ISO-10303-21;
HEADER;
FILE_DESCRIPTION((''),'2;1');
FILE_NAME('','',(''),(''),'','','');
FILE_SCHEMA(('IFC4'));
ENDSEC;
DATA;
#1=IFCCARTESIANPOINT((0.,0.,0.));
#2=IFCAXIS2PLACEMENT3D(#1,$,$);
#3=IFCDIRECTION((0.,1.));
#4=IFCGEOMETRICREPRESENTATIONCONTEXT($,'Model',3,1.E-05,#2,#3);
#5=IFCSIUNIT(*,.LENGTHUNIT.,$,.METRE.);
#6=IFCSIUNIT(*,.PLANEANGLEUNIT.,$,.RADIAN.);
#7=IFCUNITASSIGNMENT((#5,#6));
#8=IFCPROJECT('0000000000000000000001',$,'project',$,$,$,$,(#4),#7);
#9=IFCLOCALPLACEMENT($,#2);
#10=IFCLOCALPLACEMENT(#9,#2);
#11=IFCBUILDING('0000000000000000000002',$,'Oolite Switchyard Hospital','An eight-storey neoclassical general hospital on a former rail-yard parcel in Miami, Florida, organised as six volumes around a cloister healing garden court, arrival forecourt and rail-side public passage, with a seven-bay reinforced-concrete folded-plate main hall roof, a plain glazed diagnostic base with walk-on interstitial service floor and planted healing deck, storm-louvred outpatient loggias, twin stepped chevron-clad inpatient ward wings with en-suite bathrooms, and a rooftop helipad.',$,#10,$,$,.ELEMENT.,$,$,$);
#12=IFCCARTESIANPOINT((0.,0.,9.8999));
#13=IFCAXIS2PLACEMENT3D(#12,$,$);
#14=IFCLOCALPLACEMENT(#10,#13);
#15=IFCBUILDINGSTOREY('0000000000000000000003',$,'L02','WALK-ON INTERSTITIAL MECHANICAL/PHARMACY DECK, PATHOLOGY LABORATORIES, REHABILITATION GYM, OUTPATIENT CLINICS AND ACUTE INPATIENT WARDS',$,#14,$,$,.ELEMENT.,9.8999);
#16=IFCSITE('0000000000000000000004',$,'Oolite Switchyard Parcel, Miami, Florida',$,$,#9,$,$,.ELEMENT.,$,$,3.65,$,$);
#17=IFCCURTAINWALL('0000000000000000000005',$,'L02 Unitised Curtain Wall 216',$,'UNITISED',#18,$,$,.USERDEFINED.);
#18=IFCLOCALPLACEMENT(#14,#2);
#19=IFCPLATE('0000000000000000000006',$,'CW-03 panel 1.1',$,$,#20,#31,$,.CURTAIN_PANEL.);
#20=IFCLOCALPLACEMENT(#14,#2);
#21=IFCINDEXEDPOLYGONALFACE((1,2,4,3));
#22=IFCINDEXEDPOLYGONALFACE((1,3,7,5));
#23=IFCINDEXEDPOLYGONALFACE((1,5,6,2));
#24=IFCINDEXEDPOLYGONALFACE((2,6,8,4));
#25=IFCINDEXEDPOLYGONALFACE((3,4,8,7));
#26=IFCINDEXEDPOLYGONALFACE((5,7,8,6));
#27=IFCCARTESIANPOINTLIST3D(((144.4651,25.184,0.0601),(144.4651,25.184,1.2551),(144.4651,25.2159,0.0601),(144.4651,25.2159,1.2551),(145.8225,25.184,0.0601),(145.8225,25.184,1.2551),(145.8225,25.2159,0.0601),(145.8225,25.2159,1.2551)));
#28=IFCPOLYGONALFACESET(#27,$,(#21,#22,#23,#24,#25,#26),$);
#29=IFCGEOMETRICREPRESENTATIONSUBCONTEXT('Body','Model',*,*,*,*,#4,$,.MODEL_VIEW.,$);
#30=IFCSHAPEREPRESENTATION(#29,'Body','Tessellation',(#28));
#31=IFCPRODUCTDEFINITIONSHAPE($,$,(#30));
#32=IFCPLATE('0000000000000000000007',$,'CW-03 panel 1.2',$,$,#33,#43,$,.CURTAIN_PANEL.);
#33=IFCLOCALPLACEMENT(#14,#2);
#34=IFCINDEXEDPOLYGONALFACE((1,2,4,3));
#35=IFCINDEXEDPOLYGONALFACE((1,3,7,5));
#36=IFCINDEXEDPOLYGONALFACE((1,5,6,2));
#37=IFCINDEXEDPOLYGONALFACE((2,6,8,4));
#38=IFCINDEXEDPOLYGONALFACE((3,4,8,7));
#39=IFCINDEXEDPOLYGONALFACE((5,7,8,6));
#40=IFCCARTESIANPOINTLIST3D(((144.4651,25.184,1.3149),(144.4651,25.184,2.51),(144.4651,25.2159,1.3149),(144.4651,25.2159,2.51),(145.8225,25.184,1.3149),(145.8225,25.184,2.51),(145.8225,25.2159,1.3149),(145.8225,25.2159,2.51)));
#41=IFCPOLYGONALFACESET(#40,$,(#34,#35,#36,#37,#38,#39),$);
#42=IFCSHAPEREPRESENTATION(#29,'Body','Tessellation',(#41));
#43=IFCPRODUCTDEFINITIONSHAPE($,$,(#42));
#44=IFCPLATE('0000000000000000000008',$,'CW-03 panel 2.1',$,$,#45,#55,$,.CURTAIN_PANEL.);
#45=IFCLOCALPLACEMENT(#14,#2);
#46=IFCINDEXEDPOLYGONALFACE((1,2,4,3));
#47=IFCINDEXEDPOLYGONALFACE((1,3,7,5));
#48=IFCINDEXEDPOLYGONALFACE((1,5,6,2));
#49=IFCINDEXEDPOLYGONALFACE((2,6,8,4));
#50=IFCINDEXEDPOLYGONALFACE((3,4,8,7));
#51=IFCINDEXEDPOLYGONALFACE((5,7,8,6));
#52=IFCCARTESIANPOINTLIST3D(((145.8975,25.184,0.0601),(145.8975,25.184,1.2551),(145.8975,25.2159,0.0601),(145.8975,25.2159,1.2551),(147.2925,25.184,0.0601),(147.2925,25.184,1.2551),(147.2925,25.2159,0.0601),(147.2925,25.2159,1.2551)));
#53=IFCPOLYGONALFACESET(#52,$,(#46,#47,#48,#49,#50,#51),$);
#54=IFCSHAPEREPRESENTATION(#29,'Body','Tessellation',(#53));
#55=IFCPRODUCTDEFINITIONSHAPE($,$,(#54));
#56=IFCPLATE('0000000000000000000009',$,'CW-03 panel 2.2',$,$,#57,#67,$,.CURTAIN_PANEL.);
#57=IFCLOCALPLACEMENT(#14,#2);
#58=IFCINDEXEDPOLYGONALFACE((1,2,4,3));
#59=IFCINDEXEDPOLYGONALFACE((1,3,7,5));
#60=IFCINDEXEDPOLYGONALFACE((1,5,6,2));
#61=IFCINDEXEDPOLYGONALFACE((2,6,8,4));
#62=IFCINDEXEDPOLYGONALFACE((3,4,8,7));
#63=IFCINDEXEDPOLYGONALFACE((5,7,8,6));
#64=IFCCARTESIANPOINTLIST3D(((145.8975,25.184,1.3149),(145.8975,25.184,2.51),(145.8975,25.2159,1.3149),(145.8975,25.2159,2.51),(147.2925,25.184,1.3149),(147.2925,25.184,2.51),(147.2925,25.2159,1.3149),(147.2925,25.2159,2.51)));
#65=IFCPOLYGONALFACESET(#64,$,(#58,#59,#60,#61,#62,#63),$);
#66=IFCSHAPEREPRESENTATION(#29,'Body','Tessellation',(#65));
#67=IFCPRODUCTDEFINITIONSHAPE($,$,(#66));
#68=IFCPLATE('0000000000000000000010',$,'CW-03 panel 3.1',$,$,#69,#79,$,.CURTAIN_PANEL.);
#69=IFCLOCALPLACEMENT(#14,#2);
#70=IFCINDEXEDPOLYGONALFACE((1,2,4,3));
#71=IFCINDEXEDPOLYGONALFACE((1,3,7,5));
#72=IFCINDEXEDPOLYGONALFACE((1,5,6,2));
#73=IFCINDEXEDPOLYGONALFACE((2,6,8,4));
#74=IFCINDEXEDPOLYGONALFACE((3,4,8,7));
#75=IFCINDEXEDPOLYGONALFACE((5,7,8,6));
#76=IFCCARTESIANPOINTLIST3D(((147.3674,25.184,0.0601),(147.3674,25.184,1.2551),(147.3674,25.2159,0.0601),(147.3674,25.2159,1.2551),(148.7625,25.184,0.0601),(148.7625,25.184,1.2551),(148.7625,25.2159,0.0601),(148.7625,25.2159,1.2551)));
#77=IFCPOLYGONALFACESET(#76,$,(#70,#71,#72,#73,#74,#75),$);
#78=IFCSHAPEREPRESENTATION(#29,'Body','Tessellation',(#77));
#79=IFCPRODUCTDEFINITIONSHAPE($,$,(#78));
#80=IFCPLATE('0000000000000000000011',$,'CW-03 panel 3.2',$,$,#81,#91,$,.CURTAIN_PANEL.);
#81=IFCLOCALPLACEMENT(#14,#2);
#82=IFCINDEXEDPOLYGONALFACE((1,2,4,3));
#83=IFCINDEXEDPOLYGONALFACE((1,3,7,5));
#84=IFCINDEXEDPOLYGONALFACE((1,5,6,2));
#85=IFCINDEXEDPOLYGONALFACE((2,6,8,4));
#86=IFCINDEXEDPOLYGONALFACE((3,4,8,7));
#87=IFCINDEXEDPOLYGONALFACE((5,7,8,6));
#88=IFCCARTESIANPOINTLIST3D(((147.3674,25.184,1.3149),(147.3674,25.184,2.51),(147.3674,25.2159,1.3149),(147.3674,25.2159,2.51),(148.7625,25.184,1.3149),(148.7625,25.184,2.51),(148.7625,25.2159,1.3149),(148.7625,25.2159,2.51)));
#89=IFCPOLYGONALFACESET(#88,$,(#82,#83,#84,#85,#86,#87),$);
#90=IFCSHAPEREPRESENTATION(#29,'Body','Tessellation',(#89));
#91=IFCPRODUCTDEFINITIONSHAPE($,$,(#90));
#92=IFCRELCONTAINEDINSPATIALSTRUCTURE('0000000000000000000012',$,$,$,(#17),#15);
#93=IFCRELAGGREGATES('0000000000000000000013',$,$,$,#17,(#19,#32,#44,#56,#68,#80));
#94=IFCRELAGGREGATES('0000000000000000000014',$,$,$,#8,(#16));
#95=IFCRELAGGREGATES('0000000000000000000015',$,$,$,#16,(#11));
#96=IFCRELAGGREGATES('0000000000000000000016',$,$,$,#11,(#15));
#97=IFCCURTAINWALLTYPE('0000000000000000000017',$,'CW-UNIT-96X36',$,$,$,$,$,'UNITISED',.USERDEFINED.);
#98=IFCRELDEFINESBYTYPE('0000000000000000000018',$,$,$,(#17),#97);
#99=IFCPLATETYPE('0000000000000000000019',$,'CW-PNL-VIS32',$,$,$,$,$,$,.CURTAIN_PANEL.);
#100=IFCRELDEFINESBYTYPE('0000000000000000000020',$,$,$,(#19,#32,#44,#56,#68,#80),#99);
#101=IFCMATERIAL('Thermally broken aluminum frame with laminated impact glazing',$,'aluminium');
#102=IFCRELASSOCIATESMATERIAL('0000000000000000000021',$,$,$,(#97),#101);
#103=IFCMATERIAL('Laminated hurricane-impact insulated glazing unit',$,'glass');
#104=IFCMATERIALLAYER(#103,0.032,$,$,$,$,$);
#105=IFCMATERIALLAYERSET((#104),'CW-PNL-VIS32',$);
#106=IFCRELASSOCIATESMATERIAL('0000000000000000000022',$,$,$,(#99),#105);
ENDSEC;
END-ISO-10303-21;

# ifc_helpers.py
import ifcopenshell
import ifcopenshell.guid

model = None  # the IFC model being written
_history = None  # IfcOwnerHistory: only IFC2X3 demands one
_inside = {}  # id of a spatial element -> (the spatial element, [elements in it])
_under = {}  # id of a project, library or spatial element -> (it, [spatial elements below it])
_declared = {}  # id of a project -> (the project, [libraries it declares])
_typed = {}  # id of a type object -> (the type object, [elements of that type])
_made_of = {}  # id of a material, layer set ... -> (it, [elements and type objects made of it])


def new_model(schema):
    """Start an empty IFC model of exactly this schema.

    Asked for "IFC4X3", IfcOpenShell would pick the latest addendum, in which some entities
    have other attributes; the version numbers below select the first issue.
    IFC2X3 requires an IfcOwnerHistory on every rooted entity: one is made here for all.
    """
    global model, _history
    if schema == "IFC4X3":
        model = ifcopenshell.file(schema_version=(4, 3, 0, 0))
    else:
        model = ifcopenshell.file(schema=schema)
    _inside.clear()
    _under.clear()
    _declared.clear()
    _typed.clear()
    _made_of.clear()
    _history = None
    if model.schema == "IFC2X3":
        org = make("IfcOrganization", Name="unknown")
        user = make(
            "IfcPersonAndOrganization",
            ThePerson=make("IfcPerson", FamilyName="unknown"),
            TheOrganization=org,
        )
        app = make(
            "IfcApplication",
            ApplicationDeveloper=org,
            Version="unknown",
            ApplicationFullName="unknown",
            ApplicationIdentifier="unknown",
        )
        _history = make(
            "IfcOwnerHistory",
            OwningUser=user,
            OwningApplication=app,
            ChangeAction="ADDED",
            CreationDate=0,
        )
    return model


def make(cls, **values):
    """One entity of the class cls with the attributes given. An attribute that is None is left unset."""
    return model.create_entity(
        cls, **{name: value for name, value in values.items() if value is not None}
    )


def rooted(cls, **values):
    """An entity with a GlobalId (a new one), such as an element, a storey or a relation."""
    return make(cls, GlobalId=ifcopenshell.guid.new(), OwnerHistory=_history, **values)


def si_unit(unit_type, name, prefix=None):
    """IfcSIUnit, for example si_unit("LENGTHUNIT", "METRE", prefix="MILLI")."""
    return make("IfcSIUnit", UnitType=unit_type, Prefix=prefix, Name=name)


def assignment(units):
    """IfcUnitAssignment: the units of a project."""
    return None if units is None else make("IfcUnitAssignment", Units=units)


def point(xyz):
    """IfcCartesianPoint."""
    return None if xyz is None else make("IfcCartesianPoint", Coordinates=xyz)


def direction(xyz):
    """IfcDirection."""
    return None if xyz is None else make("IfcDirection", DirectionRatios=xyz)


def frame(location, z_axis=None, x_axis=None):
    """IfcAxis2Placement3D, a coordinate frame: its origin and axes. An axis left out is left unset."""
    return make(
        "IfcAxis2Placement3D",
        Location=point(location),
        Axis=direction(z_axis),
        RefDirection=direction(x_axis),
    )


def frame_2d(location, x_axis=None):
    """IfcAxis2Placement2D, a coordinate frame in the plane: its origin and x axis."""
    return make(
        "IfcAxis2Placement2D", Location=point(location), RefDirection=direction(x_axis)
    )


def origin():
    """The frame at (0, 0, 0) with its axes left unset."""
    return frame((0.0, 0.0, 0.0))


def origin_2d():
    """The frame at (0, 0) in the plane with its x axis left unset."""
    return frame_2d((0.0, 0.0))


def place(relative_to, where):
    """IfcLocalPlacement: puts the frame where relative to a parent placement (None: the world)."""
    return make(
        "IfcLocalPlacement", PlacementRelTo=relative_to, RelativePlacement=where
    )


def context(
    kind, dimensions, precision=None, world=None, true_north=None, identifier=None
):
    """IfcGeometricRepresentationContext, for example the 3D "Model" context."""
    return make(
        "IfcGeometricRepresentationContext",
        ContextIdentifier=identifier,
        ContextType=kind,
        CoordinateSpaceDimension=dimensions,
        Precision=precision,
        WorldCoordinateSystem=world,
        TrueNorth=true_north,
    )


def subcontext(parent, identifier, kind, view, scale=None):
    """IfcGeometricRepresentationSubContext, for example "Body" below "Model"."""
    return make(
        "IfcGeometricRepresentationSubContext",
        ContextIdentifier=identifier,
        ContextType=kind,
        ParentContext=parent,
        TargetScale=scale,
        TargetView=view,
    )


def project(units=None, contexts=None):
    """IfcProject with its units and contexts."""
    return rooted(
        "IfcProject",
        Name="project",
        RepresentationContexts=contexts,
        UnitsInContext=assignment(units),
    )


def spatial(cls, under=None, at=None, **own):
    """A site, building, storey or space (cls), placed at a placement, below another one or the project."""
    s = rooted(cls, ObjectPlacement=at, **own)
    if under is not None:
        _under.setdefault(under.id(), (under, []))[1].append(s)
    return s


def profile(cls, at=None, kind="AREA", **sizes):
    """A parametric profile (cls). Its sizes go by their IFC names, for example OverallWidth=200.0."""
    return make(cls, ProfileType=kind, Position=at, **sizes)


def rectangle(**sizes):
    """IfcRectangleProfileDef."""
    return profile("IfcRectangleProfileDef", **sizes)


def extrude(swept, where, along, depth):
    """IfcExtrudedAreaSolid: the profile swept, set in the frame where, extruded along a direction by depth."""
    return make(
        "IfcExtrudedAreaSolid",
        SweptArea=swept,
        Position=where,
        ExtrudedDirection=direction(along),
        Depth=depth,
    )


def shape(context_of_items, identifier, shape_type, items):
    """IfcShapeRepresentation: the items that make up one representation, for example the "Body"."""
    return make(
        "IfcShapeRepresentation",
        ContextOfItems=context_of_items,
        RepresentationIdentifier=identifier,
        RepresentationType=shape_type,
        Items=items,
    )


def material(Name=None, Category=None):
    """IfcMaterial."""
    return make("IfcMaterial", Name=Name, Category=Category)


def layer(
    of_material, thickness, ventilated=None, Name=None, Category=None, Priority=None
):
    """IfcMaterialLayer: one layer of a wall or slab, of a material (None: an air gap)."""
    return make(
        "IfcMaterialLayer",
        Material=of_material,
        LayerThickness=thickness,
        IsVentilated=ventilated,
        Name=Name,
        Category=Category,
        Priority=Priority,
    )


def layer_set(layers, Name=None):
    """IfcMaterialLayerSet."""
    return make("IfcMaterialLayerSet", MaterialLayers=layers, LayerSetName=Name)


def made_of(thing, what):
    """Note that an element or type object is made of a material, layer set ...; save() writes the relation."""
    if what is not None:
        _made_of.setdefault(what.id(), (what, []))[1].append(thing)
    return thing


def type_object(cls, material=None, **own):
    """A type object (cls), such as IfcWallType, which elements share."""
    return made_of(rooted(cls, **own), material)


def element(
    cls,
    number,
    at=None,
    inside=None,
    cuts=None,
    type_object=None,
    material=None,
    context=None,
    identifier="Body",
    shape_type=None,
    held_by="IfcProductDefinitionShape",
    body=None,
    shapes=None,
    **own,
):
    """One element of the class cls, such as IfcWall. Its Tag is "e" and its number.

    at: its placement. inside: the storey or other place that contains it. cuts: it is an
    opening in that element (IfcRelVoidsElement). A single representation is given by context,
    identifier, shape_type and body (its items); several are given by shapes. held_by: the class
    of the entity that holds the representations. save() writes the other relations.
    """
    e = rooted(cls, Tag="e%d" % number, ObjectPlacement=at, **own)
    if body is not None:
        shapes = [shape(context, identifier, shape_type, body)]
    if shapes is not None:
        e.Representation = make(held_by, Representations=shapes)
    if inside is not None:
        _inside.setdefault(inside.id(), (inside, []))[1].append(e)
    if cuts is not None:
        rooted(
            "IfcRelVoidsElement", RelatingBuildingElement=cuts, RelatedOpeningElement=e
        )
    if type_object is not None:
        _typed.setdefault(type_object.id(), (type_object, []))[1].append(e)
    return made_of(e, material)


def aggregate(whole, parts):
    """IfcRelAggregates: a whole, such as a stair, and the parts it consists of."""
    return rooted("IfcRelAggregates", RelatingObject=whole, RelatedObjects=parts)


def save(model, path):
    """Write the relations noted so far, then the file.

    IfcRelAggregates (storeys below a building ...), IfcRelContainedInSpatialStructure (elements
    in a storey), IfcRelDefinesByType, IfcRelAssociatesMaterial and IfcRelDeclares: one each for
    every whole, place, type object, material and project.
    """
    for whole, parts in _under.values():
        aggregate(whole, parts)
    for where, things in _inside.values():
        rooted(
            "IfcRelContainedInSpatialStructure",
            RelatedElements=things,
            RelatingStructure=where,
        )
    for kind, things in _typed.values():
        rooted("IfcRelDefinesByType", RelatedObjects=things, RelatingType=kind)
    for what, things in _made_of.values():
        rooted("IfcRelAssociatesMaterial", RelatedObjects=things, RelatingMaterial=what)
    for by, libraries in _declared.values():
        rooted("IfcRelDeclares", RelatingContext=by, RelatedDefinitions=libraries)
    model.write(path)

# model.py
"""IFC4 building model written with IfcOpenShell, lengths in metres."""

from ifc_helpers import new_model, si_unit, direction, frame, origin, origin_2d, place, context, subcontext, project, spatial, rectangle, extrude, material, layer, layer_set, type_object, element, aggregate, save


model = new_model("IFC4")

# Units and contexts
model_context = context("Model", 3, precision=1e-05, world=origin(), true_north=direction((0.0, 1.0)))
body_context = subcontext(model_context, "Body", "Model", "MODEL_VIEW")
ifc_project = project(units=[si_unit("LENGTHUNIT", "METRE"), si_unit("PLANEANGLEUNIT", "RADIAN")], contexts=[model_context])

# Site, building, storey
site_placement = place(None, origin())
site = spatial("IfcSite", under=ifc_project, at=site_placement, Name="Oolite Switchyard Parcel, Miami, Florida", CompositionType="ELEMENT", RefElevation=3.65)
building_placement = place(site_placement, origin())
building = spatial("IfcBuilding", under=site, at=building_placement, Name="Oolite Switchyard Hospital", Description="An eight-storey neoclassical general hospital on a former rail-yard parcel in Miami, Florida, organised as six volumes around a cloister healing garden court, arrival forecourt and rail-side public passage, with a seven-bay reinforced-concrete folded-plate main hall roof, a plain glazed diagnostic base with walk-on interstitial service floor and planted healing deck, storm-louvred outpatient loggias, twin stepped chevron-clad inpatient ward wings with en-suite bathrooms, and a rooftop helipad.", CompositionType="ELEMENT")
storey_placement = place(building_placement, frame((0.0, 0.0, 9.8999)))
storey = spatial("IfcBuildingStorey", under=building, at=storey_placement, Name="L02", Description="WALK-ON INTERSTITIAL MECHANICAL/PHARMACY DECK, PATHOLOGY LABORATORIES, REHABILITATION GYM, OUTPATIENT CLINICS AND ACUTE INPATIENT WARDS", CompositionType="ELEMENT", Elevation=9.8999)

# Curtain wall, plates
ifc_material_1 = material(Name="Thermally broken aluminum frame with laminated impact glazing", Category="aluminium")
curtain_wall_type = type_object("IfcCurtainWallType", Name="CW-UNIT-96X36", ElementType="UNITISED", PredefinedType="USERDEFINED", material=ifc_material_1)
curtain_wall_placement = place(storey_placement, origin())
curtain_wall = element("IfcCurtainWall", 1, at=curtain_wall_placement, inside=storey, type_object=curtain_wall_type, Name="L02 Unitised Curtain Wall 216", ObjectType="UNITISED", PredefinedType="USERDEFINED")
ifc_material_2 = material(Name="Laminated hurricane-impact insulated glazing unit", Category="glass")
ifc_layer = layer(ifc_material_2, 0.032)
ifc_layer_set = layer_set([ifc_layer], Name="CW-PNL-VIS32")
plate_type = type_object("IfcPlateType", Name="CW-PNL-VIS32", PredefinedType="CURTAIN_PANEL", material=ifc_layer_set)
plate_1_placement = place(storey_placement, frame((145.1438, 25.2, 0.0601), z_axis=(0.0, 0.0, 1.0), x_axis=(1.0, 0.0, 0.0)))
plate_1 = element("IfcPlate", 2, at=plate_1_placement, type_object=plate_type, Name="CW-03 panel 1.1", PredefinedType="CURTAIN_PANEL", context=body_context, shape_type="SweptSolid", body=[
    extrude(rectangle(XDim=1.3574, YDim=0.032, at=origin_2d()), origin(), (0.0, 0.0, 1.0), 1.1951),
])
plate_2_placement = place(storey_placement, frame((145.1438, 25.2, 1.3149), z_axis=(0.0, 0.0, 1.0), x_axis=(1.0, 0.0, 0.0)))
plate_2 = element("IfcPlate", 3, at=plate_2_placement, type_object=plate_type, Name="CW-03 panel 1.2", PredefinedType="CURTAIN_PANEL", context=body_context, shape_type="SweptSolid", body=[
    extrude(rectangle(XDim=1.3574, YDim=0.032, at=origin_2d()), origin(), (0.0, 0.0, 1.0), 1.1951),
])
plate_3_placement = place(storey_placement, frame((146.595, 25.2, 0.0601), z_axis=(0.0, 0.0, 1.0), x_axis=(1.0, 0.0, 0.0)))
plate_3 = element("IfcPlate", 4, at=plate_3_placement, type_object=plate_type, Name="CW-03 panel 2.1", PredefinedType="CURTAIN_PANEL", context=body_context, shape_type="SweptSolid", body=[
    extrude(rectangle(XDim=1.395, YDim=0.032, at=origin_2d()), origin(), (0.0, 0.0, 1.0), 1.1951),
])
plate_4_placement = place(storey_placement, frame((146.595, 25.2, 1.3149), z_axis=(0.0, 0.0, 1.0), x_axis=(1.0, 0.0, 0.0)))
plate_4 = element("IfcPlate", 5, at=plate_4_placement, type_object=plate_type, Name="CW-03 panel 2.2", PredefinedType="CURTAIN_PANEL", context=body_context, shape_type="SweptSolid", body=[
    extrude(rectangle(XDim=1.395, YDim=0.032, at=origin_2d()), origin(), (0.0, 0.0, 1.0), 1.1951),
])
plate_5_placement = place(storey_placement, frame((148.0649, 25.2, 0.0601), z_axis=(0.0, 0.0, 1.0), x_axis=(1.0, 0.0, 0.0)))
plate_5 = element("IfcPlate", 6, at=plate_5_placement, type_object=plate_type, Name="CW-03 panel 3.1", PredefinedType="CURTAIN_PANEL", context=body_context, shape_type="SweptSolid", body=[
    extrude(rectangle(XDim=1.395, YDim=0.032, at=origin_2d()), origin(), (0.0, 0.0, 1.0), 1.1951),
])
plate_6_placement = place(storey_placement, frame((148.0649, 25.2, 1.3149), z_axis=(0.0, 0.0, 1.0), x_axis=(1.0, 0.0, 0.0)))
plate_6 = element("IfcPlate", 7, at=plate_6_placement, type_object=plate_type, Name="CW-03 panel 3.2", PredefinedType="CURTAIN_PANEL", context=body_context, shape_type="SweptSolid", body=[
    extrude(rectangle(XDim=1.395, YDim=0.032, at=origin_2d()), origin(), (0.0, 0.0, 1.0), 1.1951),
])
aggregate(curtain_wall, [plate_1, plate_2, plate_3, plate_4, plate_5, plate_6])

save(model, "model.ifc")
